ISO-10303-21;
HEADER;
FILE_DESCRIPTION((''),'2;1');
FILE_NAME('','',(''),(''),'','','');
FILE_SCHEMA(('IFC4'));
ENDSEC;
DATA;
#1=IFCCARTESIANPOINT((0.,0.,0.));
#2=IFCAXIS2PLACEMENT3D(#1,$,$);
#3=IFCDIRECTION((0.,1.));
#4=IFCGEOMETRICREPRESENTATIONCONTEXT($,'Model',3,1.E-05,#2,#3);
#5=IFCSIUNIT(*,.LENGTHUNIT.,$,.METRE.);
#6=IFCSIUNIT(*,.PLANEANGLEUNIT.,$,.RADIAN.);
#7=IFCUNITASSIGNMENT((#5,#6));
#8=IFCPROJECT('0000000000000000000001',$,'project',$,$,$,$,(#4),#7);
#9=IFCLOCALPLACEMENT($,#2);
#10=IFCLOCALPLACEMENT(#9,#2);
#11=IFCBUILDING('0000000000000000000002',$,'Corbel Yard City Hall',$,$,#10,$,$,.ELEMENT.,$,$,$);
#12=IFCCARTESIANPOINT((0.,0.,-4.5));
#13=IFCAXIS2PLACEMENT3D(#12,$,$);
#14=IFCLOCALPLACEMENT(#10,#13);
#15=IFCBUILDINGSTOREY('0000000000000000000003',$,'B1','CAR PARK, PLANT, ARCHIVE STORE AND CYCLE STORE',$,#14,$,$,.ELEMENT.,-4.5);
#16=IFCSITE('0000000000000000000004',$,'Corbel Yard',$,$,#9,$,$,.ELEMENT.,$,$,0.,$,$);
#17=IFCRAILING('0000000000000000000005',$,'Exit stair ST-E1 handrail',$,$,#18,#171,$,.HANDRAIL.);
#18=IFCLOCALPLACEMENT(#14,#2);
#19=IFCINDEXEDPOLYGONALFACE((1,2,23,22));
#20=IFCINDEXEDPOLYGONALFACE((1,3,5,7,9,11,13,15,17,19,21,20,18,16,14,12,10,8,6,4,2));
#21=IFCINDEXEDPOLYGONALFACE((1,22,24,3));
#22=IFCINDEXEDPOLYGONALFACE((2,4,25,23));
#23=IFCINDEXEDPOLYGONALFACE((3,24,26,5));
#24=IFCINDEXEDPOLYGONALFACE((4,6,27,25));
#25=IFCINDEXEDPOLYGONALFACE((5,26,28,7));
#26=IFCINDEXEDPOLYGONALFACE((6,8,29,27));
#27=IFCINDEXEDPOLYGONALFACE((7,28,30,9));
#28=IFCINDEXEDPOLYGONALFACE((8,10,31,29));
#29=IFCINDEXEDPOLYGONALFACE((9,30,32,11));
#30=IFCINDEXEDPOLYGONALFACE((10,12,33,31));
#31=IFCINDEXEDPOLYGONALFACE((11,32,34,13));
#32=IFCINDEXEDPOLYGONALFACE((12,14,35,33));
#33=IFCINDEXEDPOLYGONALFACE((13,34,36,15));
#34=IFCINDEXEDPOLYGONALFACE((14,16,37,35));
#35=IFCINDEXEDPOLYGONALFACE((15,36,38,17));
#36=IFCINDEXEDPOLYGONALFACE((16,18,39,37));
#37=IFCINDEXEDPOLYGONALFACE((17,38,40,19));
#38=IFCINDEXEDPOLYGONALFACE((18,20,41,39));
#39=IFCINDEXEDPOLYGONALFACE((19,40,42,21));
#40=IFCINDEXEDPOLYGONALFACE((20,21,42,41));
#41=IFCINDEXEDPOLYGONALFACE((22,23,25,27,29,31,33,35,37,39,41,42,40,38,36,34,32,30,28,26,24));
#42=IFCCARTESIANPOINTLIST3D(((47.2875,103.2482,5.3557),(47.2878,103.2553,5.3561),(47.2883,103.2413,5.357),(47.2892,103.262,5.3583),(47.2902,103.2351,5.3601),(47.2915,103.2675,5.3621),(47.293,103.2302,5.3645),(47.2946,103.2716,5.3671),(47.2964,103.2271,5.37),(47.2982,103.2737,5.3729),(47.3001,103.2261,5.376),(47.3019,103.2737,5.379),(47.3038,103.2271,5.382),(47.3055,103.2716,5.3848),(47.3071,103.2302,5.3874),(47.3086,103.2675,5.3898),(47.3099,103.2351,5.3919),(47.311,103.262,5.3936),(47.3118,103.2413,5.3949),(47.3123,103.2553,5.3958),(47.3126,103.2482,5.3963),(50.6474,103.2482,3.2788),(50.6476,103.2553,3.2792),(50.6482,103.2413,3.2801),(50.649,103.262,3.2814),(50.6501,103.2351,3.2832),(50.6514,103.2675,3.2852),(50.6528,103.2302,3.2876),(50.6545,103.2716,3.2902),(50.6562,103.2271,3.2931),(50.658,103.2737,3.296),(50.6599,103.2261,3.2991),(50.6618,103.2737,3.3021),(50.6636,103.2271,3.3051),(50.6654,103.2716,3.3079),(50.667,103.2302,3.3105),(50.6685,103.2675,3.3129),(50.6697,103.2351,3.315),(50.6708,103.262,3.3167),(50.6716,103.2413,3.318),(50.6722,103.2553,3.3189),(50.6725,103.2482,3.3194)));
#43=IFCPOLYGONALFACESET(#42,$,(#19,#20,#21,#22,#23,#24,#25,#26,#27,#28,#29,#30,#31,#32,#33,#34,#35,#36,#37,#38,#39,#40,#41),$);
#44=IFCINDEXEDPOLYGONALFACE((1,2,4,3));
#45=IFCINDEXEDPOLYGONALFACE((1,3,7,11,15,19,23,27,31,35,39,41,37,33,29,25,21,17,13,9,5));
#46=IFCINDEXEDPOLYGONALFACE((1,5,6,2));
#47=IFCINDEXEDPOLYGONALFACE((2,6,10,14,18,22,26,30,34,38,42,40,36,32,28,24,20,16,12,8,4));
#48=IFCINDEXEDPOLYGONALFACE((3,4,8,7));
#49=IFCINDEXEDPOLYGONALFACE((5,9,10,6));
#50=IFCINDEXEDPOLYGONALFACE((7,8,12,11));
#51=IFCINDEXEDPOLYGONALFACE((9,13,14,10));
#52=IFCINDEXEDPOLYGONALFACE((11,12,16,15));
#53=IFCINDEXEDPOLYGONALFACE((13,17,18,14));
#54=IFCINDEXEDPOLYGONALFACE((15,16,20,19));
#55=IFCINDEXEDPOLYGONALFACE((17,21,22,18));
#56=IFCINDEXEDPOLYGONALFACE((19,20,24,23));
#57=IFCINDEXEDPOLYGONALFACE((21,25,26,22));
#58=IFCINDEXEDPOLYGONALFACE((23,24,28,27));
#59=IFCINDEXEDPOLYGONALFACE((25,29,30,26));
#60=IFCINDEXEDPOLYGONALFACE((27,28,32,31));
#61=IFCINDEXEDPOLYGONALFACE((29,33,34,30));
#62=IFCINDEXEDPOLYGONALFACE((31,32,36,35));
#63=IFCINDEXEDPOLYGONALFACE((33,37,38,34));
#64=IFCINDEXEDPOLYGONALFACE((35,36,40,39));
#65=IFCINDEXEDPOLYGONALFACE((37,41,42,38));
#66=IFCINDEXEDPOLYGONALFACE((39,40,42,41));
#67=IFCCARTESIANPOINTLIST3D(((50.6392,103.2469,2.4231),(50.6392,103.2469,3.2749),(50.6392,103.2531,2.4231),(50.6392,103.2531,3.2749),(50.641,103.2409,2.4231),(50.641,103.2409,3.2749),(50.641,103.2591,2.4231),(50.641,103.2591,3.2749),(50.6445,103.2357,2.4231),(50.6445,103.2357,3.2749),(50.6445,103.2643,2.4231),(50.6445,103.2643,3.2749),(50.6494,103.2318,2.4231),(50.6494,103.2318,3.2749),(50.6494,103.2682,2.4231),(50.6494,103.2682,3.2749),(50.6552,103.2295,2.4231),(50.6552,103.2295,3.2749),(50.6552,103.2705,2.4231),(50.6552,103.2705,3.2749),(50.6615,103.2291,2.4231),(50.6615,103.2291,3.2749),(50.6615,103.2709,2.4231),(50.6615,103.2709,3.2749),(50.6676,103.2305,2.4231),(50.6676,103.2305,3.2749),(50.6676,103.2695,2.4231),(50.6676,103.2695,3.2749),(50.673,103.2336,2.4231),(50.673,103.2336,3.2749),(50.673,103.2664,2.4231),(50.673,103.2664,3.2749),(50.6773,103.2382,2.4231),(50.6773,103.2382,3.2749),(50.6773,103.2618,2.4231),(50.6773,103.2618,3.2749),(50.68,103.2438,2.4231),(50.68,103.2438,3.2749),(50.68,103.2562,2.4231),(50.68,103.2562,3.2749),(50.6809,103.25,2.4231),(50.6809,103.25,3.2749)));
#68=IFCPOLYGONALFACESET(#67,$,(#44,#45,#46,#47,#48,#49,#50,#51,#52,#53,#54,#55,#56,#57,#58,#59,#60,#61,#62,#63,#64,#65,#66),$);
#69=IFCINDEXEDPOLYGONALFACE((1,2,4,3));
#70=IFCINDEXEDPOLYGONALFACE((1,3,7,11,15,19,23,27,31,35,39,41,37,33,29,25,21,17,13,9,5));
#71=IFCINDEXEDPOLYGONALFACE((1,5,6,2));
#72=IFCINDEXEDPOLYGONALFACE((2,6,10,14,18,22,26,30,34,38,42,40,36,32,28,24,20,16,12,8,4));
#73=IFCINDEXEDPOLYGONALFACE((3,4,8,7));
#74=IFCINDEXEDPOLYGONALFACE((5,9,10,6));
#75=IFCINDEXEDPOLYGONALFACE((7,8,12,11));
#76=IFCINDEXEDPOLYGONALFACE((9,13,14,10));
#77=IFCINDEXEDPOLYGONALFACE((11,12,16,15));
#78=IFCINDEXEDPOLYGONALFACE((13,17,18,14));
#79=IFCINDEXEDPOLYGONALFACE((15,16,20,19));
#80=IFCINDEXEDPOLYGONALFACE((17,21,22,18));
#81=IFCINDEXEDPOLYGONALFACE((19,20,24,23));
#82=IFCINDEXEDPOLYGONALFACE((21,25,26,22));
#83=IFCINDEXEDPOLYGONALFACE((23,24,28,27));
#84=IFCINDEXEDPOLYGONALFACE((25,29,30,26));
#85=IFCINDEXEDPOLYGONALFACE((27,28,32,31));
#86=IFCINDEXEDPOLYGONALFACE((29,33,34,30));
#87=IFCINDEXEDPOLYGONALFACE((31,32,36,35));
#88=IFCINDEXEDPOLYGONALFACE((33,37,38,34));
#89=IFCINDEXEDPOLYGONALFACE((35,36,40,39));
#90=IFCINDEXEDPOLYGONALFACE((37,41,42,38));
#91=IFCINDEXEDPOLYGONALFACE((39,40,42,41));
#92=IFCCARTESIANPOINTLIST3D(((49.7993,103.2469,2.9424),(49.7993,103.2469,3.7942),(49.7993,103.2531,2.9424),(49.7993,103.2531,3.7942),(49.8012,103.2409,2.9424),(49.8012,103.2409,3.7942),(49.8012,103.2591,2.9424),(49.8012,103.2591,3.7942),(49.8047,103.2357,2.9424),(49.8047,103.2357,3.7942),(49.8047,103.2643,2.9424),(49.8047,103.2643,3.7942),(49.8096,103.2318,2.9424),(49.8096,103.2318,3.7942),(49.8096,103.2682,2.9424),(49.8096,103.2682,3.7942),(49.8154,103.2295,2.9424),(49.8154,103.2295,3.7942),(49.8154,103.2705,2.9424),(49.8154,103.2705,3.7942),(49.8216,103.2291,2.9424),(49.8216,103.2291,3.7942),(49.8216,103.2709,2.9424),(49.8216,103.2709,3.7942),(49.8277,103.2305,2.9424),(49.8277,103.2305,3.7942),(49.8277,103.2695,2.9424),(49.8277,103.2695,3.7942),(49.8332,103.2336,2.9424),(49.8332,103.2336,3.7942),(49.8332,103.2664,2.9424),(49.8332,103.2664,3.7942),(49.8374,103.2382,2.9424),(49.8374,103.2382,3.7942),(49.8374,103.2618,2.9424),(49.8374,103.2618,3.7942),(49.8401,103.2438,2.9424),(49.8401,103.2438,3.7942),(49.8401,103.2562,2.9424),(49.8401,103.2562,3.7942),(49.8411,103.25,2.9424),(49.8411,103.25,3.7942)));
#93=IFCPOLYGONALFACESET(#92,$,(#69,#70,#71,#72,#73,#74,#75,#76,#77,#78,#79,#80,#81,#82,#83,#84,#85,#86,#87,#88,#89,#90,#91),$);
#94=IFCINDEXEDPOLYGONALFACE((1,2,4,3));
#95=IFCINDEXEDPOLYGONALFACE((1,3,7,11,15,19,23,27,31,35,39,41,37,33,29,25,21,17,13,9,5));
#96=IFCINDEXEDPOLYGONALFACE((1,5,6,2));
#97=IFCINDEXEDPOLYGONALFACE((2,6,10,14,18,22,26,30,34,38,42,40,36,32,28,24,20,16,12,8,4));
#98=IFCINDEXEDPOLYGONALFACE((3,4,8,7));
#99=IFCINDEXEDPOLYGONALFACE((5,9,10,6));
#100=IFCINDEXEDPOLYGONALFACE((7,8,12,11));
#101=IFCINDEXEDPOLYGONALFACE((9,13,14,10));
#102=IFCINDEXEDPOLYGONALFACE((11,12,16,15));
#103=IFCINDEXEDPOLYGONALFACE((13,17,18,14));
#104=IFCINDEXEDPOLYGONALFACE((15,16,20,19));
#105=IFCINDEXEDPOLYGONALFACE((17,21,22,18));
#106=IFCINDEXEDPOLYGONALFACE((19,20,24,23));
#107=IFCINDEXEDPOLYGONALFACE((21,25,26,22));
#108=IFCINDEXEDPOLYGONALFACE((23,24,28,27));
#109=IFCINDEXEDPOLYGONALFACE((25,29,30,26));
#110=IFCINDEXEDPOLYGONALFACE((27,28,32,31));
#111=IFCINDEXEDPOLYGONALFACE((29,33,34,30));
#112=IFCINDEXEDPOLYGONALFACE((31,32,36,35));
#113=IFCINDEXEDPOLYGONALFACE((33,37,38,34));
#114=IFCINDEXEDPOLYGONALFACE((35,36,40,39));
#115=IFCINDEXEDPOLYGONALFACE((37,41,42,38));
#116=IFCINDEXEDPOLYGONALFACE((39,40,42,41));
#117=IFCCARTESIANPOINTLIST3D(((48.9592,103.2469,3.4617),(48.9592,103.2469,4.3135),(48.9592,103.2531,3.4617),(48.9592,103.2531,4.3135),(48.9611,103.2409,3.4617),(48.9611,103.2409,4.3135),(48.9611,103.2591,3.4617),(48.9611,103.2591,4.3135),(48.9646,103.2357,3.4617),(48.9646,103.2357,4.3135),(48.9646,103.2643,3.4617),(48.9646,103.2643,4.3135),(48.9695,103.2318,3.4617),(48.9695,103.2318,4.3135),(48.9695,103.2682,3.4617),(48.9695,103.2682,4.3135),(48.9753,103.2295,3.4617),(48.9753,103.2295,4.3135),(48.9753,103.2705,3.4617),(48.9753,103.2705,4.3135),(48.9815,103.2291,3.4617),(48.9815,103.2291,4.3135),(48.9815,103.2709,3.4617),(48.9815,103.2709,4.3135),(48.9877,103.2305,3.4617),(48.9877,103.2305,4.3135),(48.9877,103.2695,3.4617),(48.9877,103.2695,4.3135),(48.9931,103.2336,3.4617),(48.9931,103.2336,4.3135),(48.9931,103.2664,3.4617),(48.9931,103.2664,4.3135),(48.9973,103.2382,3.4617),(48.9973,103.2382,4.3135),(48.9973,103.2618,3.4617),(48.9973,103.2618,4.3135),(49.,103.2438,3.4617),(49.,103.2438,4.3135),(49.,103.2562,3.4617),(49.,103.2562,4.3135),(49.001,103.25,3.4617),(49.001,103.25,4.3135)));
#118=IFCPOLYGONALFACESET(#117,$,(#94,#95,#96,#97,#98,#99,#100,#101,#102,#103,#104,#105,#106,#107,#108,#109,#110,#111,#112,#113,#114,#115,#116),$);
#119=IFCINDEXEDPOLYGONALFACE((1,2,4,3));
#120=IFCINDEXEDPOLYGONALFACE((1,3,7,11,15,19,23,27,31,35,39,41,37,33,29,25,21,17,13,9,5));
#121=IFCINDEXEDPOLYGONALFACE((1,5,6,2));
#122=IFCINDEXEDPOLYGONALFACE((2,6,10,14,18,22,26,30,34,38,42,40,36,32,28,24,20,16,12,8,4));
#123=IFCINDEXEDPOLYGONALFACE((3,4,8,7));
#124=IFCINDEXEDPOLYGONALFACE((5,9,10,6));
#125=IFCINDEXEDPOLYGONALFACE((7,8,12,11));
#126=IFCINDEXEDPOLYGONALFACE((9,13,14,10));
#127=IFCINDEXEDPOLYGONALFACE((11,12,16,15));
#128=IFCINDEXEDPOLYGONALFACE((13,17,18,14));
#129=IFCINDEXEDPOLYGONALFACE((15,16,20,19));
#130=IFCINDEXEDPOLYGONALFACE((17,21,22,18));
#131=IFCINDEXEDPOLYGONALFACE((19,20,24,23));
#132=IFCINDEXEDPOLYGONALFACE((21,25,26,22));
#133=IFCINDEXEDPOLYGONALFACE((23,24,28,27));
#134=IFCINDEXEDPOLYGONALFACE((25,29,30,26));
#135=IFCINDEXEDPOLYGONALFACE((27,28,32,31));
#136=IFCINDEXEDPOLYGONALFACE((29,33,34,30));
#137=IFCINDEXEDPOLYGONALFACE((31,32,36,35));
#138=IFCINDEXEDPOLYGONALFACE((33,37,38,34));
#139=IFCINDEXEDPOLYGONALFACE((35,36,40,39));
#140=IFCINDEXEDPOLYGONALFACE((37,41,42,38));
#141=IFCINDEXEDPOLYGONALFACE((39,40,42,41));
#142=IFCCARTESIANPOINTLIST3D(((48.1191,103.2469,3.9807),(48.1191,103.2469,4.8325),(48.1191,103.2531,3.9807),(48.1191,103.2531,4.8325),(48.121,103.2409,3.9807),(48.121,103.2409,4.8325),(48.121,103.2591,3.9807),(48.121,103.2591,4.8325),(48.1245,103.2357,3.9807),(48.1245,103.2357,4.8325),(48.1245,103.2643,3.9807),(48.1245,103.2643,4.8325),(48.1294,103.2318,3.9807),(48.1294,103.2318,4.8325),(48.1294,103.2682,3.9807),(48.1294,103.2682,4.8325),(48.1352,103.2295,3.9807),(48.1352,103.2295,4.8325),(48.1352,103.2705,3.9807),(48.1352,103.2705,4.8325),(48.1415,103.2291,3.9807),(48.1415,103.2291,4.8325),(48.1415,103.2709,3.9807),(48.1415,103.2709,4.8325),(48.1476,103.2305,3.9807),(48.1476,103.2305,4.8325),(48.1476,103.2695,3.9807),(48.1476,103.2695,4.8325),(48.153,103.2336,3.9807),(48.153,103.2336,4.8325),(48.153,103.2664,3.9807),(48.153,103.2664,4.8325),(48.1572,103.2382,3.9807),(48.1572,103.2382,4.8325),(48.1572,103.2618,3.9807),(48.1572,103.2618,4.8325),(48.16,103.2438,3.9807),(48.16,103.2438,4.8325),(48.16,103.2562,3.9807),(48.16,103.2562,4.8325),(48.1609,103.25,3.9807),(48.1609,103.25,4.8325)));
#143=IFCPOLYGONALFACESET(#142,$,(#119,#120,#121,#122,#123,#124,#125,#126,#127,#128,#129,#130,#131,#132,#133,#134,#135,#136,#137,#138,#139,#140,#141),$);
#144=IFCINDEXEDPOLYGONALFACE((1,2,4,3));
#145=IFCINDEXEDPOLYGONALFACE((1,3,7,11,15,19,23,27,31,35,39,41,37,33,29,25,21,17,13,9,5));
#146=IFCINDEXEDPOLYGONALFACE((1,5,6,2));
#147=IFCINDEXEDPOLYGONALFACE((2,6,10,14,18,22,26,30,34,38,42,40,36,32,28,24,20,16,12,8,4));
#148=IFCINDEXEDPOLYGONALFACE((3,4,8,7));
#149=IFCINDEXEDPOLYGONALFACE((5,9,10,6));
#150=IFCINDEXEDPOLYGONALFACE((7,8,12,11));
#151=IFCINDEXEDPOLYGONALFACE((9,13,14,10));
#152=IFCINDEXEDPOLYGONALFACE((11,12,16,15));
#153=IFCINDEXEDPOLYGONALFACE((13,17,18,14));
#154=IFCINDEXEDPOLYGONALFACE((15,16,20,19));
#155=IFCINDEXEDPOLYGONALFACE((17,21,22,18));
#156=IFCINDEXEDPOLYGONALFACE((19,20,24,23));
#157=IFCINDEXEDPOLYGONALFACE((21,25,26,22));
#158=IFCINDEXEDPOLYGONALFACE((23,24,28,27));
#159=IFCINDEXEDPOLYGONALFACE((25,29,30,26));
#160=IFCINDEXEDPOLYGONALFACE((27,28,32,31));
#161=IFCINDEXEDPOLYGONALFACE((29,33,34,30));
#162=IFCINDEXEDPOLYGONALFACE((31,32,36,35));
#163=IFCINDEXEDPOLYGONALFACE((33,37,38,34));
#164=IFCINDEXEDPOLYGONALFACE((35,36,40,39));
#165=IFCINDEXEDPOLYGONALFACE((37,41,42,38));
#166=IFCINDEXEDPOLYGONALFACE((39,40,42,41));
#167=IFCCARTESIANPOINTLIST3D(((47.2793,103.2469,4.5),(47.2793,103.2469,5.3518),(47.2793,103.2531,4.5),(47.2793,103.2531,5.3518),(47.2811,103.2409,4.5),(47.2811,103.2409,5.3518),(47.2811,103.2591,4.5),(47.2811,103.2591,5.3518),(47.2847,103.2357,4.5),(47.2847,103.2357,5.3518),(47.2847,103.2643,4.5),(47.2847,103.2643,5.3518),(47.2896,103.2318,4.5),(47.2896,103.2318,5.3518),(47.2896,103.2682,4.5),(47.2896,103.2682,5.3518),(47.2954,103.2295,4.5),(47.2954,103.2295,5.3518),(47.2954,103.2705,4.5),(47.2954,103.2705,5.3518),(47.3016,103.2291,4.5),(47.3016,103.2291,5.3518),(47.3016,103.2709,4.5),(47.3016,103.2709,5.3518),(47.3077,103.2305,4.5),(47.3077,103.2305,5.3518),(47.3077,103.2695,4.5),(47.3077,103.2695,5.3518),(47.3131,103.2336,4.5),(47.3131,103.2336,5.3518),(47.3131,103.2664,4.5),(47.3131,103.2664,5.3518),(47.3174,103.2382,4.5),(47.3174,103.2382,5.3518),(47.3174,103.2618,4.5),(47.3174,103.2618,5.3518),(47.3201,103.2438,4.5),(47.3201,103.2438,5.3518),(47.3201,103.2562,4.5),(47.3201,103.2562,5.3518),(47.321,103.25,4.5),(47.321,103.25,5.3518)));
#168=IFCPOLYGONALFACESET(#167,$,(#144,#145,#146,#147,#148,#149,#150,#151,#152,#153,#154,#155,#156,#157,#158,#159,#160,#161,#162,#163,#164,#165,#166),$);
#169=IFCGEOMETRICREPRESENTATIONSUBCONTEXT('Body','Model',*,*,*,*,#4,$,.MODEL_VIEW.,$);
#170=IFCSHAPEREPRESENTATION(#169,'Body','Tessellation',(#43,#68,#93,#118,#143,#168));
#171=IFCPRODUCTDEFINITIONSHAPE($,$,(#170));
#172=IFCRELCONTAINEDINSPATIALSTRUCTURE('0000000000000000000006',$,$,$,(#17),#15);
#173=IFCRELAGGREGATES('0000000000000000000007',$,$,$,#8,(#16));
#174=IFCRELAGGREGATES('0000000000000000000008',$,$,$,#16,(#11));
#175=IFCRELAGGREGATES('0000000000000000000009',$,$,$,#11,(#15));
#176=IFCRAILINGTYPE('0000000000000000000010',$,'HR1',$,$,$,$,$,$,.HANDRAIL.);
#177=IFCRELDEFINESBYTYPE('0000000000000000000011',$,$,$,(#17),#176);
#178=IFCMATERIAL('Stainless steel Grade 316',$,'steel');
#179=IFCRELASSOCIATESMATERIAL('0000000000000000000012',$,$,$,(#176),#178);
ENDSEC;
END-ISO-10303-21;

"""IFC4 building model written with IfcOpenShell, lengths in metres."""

from ifc_helpers import new_model, si_unit, direction, frame, origin, origin_2d, place, context, subcontext, project, spatial, circle, extrude, material, type_object, element, save


model = new_model("IFC4")

# Units and contexts
model_context = context("Model", 3, precision=1e-05, world=origin(), true_north=direction((0.0, 1.0)))
body_context = subcontext(model_context, "Body", "Model", "MODEL_VIEW")
ifc_project = project(units=[si_unit("LENGTHUNIT", "METRE"), si_unit("PLANEANGLEUNIT", "RADIAN")], contexts=[model_context])

# Site, building, storey
site_placement = place(None, origin())
site = spatial("IfcSite", under=ifc_project, at=site_placement, Name="Corbel Yard", CompositionType="ELEMENT", RefElevation=0.0)
building_placement = place(site_placement, origin())
building = spatial("IfcBuilding", under=site, at=building_placement, Name="Corbel Yard City Hall", CompositionType="ELEMENT")
storey_placement = place(building_placement, frame((0.0, 0.0, -4.5)))
storey = spatial("IfcBuildingStorey", under=building, at=storey_placement, Name="B1", Description="CAR PARK, PLANT, ARCHIVE STORE AND CYCLE STORE", CompositionType="ELEMENT", Elevation=-4.5)

# Railing
ifc_material_1 = material(Name="Stainless steel Grade 316", Category="steel")
railing_type = type_object("IfcRailingType", Name="HR1", PredefinedType="HANDRAIL", material=ifc_material_1)
for number, where, name in (
    (1, (50.6599, 103.25, 2.4231), "Exit stair ST-E1 handrail"),
):
    element("IfcRailing", number, at=place(storey_placement, frame(where)), inside=storey, type_object=railing_type, Name=name, PredefinedType="HANDRAIL", context=body_context, shape_type="SweptSolid", body=[
        extrude(circle(Radius=0.0239, at=origin_2d()), frame((0.0, 0.0, 0.876), z_axis=(-0.850606, 0.0, 0.525803), x_axis=(0.0, -1.0, 0.0)), (0.0, 0.0, 1.0), 3.95),
        extrude(circle(Radius=0.021, at=origin_2d()), origin(), (0.0, 0.0, 1.0), 0.8518),
        extrude(circle(Radius=0.021, at=origin_2d()), frame((-0.8398, 0.0, 0.5193)), (0.0, 0.0, 1.0), 0.8518),
        extrude(circle(Radius=0.021, at=origin_2d()), frame((-1.6799, 0.0, 1.0386)), (0.0, 0.0, 1.0), 0.8518),
        extrude(circle(Radius=0.021, at=origin_2d()), frame((-2.52, 0.0, 1.5576)), (0.0, 0.0, 1.0), 0.8518),
        extrude(circle(Radius=0.021, at=origin_2d()), frame((-3.3599, 0.0, 2.0769)), (0.0, 0.0, 1.0), 0.8518),
    ])

save(model, "model.ifc")
